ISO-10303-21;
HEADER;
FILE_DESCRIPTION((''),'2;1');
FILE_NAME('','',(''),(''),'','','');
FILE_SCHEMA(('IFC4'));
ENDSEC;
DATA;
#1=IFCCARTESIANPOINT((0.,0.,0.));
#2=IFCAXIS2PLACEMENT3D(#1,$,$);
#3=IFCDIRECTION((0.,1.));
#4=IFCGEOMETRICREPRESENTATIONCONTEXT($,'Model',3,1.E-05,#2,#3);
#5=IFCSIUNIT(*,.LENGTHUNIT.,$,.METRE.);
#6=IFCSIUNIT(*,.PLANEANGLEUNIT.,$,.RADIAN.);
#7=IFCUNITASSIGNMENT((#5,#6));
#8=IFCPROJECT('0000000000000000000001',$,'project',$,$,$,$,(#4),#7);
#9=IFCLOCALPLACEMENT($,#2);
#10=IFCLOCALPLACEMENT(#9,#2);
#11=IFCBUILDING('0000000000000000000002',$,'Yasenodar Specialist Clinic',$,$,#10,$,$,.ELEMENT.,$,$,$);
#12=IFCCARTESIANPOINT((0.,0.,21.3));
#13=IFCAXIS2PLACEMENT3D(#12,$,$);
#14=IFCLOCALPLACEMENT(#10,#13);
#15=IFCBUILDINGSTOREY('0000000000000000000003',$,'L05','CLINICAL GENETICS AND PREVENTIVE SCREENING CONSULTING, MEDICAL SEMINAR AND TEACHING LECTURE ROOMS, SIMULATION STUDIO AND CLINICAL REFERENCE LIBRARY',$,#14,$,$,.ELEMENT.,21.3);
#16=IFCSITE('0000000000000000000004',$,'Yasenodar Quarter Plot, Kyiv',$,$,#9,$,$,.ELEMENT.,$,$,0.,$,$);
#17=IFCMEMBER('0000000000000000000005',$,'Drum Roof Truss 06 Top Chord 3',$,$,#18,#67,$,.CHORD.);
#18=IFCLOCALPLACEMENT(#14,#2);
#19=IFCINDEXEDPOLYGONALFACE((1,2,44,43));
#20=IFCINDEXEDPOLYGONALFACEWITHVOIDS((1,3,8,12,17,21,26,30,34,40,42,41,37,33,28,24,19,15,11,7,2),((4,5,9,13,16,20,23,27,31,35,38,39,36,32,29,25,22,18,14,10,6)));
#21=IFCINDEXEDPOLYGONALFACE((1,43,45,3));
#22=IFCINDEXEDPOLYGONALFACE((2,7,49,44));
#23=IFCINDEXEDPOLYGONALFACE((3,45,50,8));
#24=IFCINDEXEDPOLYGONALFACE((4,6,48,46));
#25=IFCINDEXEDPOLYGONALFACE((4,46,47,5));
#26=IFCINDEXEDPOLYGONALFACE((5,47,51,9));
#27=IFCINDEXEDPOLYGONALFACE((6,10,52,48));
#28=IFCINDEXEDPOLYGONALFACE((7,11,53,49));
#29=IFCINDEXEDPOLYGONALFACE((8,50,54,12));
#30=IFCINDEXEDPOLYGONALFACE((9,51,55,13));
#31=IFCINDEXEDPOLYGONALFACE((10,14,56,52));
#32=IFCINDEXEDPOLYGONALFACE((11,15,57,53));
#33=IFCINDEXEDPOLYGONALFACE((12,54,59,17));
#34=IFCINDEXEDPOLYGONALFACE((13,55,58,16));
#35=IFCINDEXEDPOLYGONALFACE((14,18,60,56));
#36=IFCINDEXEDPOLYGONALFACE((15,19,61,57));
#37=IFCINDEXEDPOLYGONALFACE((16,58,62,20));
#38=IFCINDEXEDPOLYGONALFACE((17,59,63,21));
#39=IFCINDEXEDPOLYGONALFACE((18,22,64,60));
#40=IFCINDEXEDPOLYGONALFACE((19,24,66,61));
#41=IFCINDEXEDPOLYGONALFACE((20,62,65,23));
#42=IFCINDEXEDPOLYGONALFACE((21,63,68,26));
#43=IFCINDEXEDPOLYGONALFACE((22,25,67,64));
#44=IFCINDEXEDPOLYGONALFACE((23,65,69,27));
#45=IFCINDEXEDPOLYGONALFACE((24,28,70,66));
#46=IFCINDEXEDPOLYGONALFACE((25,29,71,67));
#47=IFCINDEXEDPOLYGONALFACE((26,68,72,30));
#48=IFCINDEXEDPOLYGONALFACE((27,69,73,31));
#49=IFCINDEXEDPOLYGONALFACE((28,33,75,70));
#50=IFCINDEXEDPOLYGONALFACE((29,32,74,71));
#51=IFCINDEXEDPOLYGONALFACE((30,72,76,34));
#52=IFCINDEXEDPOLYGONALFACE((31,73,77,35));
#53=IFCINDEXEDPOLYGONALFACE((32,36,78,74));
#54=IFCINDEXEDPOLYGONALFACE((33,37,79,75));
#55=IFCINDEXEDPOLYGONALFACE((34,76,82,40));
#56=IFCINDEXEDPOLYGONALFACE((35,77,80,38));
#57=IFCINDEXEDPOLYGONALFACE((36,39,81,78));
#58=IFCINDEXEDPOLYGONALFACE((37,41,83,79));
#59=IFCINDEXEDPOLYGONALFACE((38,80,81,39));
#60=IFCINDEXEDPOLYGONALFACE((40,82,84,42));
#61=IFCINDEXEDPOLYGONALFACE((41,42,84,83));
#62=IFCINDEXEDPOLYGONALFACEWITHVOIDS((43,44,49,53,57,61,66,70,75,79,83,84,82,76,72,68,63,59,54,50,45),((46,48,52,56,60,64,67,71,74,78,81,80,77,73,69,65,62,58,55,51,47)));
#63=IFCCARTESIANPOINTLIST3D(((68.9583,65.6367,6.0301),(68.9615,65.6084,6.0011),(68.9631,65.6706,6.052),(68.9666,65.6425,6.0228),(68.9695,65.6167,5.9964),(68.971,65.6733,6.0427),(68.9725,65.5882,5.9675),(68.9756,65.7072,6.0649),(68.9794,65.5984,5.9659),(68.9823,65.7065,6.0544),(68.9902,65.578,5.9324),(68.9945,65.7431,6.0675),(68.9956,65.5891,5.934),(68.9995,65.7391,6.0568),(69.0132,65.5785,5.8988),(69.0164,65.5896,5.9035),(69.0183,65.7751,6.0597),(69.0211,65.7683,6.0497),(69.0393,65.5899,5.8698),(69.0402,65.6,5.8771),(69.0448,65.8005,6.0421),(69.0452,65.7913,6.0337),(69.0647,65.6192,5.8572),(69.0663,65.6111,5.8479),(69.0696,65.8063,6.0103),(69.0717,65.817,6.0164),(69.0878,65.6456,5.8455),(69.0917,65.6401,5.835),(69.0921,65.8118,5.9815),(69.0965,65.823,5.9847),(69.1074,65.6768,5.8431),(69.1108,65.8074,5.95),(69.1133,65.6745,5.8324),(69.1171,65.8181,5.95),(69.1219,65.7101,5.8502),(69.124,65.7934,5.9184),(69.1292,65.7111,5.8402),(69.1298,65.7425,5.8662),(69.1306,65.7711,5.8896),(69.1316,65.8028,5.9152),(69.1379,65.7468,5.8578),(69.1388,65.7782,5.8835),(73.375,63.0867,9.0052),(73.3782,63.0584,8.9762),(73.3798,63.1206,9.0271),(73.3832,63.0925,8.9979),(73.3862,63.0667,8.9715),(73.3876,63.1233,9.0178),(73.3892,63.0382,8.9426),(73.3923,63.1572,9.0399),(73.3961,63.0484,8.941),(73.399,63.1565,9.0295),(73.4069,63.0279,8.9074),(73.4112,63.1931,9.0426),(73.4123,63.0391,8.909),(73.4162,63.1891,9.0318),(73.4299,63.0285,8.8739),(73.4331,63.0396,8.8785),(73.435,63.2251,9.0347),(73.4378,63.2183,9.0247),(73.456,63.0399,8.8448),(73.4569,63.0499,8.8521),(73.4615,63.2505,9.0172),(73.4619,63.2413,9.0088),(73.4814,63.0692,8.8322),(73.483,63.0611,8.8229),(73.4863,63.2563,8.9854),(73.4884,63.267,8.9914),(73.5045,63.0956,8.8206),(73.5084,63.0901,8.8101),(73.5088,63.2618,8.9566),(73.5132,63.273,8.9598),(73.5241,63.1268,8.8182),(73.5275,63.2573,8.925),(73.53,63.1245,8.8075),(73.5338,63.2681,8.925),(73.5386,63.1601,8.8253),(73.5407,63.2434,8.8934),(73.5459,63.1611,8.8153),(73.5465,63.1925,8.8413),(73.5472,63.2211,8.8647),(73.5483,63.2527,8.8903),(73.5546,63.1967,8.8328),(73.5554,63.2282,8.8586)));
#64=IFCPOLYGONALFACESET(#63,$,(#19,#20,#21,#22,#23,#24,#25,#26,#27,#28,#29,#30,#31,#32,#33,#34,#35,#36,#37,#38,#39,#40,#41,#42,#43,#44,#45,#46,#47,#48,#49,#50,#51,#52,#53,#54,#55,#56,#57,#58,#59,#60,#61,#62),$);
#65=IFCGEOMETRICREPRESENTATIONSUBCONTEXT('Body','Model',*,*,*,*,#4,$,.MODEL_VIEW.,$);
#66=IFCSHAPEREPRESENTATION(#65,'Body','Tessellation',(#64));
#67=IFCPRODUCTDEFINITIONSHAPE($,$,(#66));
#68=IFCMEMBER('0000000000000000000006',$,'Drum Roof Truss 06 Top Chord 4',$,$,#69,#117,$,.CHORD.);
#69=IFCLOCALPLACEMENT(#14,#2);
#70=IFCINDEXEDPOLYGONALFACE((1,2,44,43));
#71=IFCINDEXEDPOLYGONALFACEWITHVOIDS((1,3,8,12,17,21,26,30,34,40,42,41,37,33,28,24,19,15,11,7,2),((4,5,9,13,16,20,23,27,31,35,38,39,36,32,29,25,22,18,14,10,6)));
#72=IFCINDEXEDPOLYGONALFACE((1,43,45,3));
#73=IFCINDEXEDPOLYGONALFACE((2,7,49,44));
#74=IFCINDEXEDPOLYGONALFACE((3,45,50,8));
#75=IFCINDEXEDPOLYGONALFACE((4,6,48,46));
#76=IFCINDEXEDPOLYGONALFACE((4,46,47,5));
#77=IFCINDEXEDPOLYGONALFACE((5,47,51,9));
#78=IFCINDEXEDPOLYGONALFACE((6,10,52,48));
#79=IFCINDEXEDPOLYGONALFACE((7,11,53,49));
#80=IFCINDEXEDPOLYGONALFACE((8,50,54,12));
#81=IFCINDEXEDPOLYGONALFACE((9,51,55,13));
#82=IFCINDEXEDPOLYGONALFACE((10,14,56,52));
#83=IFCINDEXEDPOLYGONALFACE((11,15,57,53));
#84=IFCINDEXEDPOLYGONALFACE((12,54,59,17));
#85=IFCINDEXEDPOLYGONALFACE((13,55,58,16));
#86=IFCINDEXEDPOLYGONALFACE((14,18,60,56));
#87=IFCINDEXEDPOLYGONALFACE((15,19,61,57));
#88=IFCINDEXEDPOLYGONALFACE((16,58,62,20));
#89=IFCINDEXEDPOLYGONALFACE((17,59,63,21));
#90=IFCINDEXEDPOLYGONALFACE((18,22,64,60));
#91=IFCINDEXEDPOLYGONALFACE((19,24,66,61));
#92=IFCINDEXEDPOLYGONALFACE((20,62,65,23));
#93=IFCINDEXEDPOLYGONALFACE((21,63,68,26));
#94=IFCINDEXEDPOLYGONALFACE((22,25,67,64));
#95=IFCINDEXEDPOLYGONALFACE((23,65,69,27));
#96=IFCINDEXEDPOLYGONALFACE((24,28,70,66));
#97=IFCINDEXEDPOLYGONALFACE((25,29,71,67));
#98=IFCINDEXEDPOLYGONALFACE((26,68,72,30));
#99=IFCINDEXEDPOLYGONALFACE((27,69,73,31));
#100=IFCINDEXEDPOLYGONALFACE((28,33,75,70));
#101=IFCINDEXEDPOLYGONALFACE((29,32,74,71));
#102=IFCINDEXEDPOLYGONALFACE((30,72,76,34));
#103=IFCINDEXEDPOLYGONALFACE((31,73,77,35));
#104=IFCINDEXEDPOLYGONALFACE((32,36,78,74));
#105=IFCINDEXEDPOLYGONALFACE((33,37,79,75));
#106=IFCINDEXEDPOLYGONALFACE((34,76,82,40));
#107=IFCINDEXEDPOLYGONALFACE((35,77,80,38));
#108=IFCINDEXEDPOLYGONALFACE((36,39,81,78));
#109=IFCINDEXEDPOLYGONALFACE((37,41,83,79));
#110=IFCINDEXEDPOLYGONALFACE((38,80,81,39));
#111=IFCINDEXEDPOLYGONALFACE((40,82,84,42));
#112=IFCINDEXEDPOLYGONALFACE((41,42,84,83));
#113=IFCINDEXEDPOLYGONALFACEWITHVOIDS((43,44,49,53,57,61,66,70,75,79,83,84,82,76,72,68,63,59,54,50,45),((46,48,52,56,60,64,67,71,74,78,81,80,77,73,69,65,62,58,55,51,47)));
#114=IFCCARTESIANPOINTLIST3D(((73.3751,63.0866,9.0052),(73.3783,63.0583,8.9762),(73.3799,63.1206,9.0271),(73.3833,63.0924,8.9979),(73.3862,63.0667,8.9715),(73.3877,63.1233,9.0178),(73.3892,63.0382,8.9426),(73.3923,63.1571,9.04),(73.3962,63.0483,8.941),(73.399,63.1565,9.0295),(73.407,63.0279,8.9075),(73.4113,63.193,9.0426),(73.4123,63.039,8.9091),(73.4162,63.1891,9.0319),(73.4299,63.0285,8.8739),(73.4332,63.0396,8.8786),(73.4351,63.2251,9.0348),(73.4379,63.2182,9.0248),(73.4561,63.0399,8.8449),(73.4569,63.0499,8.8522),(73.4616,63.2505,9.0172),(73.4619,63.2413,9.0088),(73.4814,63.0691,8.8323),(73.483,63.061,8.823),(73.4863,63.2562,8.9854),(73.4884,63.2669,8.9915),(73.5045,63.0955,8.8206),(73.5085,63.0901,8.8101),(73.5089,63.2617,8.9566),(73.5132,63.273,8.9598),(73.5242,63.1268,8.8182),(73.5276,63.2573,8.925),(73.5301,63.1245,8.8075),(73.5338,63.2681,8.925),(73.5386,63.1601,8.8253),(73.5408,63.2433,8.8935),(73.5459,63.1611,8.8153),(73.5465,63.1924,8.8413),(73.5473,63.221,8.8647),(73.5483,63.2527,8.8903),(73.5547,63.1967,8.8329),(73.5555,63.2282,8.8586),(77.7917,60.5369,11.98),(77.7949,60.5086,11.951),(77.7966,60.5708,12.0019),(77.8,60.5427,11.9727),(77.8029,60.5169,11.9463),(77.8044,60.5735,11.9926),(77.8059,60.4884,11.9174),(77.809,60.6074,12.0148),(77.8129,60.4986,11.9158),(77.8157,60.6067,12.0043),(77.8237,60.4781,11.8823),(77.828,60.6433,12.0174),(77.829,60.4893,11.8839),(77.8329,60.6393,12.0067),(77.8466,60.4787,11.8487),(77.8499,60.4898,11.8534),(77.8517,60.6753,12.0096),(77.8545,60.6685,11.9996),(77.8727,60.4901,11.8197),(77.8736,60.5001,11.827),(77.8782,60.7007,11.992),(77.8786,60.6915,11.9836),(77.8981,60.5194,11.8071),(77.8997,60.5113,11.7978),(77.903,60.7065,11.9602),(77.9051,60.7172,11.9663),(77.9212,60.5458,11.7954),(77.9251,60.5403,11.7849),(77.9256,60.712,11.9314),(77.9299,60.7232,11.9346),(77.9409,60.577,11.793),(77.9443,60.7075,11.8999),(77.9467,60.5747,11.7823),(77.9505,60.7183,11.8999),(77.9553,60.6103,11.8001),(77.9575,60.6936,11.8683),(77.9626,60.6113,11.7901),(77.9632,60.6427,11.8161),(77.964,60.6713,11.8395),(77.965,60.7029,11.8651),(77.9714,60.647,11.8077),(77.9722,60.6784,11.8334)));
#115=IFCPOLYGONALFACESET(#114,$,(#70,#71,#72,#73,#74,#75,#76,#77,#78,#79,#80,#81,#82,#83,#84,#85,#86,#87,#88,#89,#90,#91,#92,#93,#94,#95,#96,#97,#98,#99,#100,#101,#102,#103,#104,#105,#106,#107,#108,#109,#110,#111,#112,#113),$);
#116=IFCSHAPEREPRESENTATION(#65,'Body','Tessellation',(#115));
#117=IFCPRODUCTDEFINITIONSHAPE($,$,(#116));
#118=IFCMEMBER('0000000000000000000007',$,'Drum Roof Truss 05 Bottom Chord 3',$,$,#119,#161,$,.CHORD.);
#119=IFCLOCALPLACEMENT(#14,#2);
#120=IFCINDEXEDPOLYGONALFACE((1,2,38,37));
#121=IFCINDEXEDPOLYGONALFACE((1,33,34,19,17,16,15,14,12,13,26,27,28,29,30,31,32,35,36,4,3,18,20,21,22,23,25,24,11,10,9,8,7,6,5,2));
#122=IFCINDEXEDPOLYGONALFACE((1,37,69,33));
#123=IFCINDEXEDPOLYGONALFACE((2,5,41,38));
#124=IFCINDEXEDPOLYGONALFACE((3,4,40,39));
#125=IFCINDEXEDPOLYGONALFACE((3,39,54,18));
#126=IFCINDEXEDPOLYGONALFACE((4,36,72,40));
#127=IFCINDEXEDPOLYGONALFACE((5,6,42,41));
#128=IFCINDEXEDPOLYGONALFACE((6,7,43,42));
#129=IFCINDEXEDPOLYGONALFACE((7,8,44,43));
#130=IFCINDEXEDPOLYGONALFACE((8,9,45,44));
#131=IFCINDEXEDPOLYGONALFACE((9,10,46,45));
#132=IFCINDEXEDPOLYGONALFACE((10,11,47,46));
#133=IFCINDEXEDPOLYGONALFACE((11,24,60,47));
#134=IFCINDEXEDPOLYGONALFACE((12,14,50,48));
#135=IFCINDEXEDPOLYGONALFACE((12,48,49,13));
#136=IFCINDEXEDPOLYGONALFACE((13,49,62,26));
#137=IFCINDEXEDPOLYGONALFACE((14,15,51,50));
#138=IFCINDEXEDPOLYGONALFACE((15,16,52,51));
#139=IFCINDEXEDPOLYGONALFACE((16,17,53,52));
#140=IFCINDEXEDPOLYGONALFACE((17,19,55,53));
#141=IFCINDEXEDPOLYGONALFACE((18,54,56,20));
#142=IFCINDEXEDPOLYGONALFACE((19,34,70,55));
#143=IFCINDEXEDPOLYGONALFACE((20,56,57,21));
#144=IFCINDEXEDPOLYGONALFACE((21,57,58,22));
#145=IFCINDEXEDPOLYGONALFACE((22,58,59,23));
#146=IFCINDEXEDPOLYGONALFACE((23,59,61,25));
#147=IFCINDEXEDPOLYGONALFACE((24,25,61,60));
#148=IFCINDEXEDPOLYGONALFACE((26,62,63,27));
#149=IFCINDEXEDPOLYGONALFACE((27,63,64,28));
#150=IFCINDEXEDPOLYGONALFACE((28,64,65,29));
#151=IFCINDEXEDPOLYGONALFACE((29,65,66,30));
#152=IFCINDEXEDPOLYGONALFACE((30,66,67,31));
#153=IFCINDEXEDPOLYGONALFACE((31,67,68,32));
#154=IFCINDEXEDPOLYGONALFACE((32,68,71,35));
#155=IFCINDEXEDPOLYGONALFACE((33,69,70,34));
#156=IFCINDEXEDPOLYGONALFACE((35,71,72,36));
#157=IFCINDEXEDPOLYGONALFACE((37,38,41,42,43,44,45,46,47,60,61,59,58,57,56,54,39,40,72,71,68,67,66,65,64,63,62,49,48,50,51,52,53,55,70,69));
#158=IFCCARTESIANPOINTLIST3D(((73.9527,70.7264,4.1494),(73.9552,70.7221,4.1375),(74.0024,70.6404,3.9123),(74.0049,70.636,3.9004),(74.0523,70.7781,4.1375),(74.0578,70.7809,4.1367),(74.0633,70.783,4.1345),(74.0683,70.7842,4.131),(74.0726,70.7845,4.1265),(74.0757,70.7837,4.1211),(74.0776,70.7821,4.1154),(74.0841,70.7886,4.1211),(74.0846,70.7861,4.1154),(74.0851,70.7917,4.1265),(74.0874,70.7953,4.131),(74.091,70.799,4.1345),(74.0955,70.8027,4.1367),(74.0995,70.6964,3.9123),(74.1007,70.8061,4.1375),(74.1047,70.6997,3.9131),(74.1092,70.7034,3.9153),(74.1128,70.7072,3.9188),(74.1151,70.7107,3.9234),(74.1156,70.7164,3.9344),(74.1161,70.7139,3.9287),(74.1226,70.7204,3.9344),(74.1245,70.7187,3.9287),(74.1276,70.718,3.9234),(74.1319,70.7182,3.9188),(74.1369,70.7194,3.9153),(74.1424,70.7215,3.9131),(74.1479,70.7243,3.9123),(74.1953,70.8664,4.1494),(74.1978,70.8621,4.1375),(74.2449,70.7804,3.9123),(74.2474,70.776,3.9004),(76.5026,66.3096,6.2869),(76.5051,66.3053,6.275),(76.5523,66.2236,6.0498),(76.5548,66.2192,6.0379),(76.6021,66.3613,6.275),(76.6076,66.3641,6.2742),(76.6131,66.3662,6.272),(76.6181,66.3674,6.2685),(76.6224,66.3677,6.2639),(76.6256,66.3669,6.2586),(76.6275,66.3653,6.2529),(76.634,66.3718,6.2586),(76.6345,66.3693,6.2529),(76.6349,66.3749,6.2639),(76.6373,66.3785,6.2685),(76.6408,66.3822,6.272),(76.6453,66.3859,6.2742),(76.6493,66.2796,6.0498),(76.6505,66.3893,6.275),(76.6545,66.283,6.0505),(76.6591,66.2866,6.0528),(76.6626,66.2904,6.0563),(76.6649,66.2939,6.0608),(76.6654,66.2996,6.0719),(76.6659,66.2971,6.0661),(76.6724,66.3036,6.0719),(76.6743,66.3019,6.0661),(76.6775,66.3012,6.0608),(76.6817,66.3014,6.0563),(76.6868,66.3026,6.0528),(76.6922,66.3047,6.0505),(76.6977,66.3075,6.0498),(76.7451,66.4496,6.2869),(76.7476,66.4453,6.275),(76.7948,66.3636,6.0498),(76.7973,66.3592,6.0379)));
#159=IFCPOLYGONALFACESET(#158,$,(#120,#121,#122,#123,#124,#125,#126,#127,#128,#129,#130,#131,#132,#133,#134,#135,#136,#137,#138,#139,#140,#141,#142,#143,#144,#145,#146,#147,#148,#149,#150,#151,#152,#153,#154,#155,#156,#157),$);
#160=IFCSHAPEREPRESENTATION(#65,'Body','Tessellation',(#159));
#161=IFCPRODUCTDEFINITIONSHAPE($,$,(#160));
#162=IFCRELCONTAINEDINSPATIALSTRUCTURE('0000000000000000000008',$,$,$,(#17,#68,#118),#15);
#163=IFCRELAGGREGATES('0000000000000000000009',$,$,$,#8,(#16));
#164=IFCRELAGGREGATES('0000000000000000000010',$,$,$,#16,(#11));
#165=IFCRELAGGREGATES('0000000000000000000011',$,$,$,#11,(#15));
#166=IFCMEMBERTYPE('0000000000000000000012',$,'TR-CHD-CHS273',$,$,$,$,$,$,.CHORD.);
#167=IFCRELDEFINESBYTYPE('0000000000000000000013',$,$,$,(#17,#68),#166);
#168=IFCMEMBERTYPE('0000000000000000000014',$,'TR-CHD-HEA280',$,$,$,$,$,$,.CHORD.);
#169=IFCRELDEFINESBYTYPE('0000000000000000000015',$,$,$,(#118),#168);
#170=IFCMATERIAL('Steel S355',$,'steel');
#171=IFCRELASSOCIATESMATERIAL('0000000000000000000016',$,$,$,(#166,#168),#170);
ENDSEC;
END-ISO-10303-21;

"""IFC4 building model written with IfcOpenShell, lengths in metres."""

from ifc_helpers import new_model, si_unit, direction, frame, origin, origin_2d, place, context, subcontext, project, spatial, hollow_circle, i_section, extrude, material, material_profile, profile_set, type_object, element, save


model = new_model("IFC4")

# Units and contexts
model_context = context("Model", 3, precision=1e-05, world=origin(), true_north=direction((0.0, 1.0)))
body_context = subcontext(model_context, "Body", "Model", "MODEL_VIEW")
ifc_project = project(units=[si_unit("LENGTHUNIT", "METRE"), si_unit("PLANEANGLEUNIT", "RADIAN")], contexts=[model_context])

# Site, building, storey
site_placement = place(None, origin())
site = spatial("IfcSite", under=ifc_project, at=site_placement, Name="Yasenodar Quarter Plot, Kyiv", CompositionType="ELEMENT", RefElevation=0.0)
building_placement = place(site_placement, origin())
building = spatial("IfcBuilding", under=site, at=building_placement, Name="Yasenodar Specialist Clinic", CompositionType="ELEMENT")
storey_placement = place(building_placement, frame((0.0, 0.0, 21.3)))
storey = spatial("IfcBuildingStorey", under=building, at=storey_placement, Name="L05", Description="CLINICAL GENETICS AND PREVENTIVE SCREENING CONSULTING, MEDICAL SEMINAR AND TEACHING LECTURE ROOMS, SIMULATION STUDIO AND CLINICAL REFERENCE LIBRARY", CompositionType="ELEMENT", Elevation=21.3)

# Shared definitions
ifc_material = material(Name="Steel S355", Category="steel")

# Members
ifc_material_profile_1 = material_profile(ifc_material, hollow_circle(Radius=0.1365, WallThickness=0.0125, at=origin_2d()), Name="CHS 273x12.5")
ifc_profile_set_1 = profile_set([ifc_material_profile_1], Name="Steel S355")
member_type_1 = type_object("IfcMemberType", Name="TR-CHD-CHS273", PredefinedType="CHORD", material=ifc_profile_set_1)
for number, where, z_axis, x_axis, name in (
    (1, (69.0488, 65.7, 5.95), (0.748047, -0.431892, 0.50388), (0.500006, 0.866022, 0.0), "Drum Roof Truss 06 Top Chord 3"),
):
    element("IfcMember", number, at=place(storey_placement, frame(where, z_axis=z_axis, x_axis=x_axis)), inside=storey, type_object=member_type_1, Name=name, PredefinedType="CHORD", context=body_context, shape_type="SweptSolid", body=[
        extrude(hollow_circle(Radius=0.1365, WallThickness=0.0125, at=origin_2d()), origin(), (0.0, 0.0, 1.0), 5.9043),
    ])
member_1_placement = place(storey_placement, frame((73.4656, 63.1499, 8.925), z_axis=(0.748076, -0.431867, 0.503859), x_axis=(0.49997, 0.866043, 0.0)))
element("IfcMember", 2, at=member_1_placement, inside=storey, type_object=member_type_1, Name="Drum Roof Truss 06 Top Chord 4", PredefinedType="CHORD", context=body_context, shape_type="SweptSolid", body=[
    extrude(hollow_circle(Radius=0.1365, WallThickness=0.0125, at=origin_2d()), origin(), (0.0, 0.0, 1.0), 5.9041),
])
ifc_material_profile_2 = material_profile(ifc_material, i_section(OverallWidth=0.28, OverallDepth=0.27, WebThickness=0.0081, FlangeThickness=0.0129, FilletRadius=0.0239, at=origin_2d()), Name="HEA 280")
ifc_profile_set_2 = profile_set([ifc_material_profile_2], Name="Steel S355")
member_type_2 = type_object("IfcMemberType", Name="TR-CHD-HEA280", PredefinedType="CHORD", material=ifc_profile_set_2)
member_2_placement = place(storey_placement, frame((74.1001, 70.7512, 4.0249), z_axis=(0.461109, -0.798728, 0.386538), x_axis=(0.866043, 0.49997, 0.0)))
element("IfcMember", 3, at=member_2_placement, inside=storey, type_object=member_type_2, Name="Drum Roof Truss 05 Bottom Chord 3", PredefinedType="CHORD", context=body_context, shape_type="SweptSolid", body=[
    extrude(i_section(OverallWidth=0.28, OverallDepth=0.27, WebThickness=0.0081, FlangeThickness=0.0129, FilletRadius=0.0239, at=origin_2d()), origin(), (0.0, 0.0, 1.0), 5.5298),
])

save(model, "model.ifc")
